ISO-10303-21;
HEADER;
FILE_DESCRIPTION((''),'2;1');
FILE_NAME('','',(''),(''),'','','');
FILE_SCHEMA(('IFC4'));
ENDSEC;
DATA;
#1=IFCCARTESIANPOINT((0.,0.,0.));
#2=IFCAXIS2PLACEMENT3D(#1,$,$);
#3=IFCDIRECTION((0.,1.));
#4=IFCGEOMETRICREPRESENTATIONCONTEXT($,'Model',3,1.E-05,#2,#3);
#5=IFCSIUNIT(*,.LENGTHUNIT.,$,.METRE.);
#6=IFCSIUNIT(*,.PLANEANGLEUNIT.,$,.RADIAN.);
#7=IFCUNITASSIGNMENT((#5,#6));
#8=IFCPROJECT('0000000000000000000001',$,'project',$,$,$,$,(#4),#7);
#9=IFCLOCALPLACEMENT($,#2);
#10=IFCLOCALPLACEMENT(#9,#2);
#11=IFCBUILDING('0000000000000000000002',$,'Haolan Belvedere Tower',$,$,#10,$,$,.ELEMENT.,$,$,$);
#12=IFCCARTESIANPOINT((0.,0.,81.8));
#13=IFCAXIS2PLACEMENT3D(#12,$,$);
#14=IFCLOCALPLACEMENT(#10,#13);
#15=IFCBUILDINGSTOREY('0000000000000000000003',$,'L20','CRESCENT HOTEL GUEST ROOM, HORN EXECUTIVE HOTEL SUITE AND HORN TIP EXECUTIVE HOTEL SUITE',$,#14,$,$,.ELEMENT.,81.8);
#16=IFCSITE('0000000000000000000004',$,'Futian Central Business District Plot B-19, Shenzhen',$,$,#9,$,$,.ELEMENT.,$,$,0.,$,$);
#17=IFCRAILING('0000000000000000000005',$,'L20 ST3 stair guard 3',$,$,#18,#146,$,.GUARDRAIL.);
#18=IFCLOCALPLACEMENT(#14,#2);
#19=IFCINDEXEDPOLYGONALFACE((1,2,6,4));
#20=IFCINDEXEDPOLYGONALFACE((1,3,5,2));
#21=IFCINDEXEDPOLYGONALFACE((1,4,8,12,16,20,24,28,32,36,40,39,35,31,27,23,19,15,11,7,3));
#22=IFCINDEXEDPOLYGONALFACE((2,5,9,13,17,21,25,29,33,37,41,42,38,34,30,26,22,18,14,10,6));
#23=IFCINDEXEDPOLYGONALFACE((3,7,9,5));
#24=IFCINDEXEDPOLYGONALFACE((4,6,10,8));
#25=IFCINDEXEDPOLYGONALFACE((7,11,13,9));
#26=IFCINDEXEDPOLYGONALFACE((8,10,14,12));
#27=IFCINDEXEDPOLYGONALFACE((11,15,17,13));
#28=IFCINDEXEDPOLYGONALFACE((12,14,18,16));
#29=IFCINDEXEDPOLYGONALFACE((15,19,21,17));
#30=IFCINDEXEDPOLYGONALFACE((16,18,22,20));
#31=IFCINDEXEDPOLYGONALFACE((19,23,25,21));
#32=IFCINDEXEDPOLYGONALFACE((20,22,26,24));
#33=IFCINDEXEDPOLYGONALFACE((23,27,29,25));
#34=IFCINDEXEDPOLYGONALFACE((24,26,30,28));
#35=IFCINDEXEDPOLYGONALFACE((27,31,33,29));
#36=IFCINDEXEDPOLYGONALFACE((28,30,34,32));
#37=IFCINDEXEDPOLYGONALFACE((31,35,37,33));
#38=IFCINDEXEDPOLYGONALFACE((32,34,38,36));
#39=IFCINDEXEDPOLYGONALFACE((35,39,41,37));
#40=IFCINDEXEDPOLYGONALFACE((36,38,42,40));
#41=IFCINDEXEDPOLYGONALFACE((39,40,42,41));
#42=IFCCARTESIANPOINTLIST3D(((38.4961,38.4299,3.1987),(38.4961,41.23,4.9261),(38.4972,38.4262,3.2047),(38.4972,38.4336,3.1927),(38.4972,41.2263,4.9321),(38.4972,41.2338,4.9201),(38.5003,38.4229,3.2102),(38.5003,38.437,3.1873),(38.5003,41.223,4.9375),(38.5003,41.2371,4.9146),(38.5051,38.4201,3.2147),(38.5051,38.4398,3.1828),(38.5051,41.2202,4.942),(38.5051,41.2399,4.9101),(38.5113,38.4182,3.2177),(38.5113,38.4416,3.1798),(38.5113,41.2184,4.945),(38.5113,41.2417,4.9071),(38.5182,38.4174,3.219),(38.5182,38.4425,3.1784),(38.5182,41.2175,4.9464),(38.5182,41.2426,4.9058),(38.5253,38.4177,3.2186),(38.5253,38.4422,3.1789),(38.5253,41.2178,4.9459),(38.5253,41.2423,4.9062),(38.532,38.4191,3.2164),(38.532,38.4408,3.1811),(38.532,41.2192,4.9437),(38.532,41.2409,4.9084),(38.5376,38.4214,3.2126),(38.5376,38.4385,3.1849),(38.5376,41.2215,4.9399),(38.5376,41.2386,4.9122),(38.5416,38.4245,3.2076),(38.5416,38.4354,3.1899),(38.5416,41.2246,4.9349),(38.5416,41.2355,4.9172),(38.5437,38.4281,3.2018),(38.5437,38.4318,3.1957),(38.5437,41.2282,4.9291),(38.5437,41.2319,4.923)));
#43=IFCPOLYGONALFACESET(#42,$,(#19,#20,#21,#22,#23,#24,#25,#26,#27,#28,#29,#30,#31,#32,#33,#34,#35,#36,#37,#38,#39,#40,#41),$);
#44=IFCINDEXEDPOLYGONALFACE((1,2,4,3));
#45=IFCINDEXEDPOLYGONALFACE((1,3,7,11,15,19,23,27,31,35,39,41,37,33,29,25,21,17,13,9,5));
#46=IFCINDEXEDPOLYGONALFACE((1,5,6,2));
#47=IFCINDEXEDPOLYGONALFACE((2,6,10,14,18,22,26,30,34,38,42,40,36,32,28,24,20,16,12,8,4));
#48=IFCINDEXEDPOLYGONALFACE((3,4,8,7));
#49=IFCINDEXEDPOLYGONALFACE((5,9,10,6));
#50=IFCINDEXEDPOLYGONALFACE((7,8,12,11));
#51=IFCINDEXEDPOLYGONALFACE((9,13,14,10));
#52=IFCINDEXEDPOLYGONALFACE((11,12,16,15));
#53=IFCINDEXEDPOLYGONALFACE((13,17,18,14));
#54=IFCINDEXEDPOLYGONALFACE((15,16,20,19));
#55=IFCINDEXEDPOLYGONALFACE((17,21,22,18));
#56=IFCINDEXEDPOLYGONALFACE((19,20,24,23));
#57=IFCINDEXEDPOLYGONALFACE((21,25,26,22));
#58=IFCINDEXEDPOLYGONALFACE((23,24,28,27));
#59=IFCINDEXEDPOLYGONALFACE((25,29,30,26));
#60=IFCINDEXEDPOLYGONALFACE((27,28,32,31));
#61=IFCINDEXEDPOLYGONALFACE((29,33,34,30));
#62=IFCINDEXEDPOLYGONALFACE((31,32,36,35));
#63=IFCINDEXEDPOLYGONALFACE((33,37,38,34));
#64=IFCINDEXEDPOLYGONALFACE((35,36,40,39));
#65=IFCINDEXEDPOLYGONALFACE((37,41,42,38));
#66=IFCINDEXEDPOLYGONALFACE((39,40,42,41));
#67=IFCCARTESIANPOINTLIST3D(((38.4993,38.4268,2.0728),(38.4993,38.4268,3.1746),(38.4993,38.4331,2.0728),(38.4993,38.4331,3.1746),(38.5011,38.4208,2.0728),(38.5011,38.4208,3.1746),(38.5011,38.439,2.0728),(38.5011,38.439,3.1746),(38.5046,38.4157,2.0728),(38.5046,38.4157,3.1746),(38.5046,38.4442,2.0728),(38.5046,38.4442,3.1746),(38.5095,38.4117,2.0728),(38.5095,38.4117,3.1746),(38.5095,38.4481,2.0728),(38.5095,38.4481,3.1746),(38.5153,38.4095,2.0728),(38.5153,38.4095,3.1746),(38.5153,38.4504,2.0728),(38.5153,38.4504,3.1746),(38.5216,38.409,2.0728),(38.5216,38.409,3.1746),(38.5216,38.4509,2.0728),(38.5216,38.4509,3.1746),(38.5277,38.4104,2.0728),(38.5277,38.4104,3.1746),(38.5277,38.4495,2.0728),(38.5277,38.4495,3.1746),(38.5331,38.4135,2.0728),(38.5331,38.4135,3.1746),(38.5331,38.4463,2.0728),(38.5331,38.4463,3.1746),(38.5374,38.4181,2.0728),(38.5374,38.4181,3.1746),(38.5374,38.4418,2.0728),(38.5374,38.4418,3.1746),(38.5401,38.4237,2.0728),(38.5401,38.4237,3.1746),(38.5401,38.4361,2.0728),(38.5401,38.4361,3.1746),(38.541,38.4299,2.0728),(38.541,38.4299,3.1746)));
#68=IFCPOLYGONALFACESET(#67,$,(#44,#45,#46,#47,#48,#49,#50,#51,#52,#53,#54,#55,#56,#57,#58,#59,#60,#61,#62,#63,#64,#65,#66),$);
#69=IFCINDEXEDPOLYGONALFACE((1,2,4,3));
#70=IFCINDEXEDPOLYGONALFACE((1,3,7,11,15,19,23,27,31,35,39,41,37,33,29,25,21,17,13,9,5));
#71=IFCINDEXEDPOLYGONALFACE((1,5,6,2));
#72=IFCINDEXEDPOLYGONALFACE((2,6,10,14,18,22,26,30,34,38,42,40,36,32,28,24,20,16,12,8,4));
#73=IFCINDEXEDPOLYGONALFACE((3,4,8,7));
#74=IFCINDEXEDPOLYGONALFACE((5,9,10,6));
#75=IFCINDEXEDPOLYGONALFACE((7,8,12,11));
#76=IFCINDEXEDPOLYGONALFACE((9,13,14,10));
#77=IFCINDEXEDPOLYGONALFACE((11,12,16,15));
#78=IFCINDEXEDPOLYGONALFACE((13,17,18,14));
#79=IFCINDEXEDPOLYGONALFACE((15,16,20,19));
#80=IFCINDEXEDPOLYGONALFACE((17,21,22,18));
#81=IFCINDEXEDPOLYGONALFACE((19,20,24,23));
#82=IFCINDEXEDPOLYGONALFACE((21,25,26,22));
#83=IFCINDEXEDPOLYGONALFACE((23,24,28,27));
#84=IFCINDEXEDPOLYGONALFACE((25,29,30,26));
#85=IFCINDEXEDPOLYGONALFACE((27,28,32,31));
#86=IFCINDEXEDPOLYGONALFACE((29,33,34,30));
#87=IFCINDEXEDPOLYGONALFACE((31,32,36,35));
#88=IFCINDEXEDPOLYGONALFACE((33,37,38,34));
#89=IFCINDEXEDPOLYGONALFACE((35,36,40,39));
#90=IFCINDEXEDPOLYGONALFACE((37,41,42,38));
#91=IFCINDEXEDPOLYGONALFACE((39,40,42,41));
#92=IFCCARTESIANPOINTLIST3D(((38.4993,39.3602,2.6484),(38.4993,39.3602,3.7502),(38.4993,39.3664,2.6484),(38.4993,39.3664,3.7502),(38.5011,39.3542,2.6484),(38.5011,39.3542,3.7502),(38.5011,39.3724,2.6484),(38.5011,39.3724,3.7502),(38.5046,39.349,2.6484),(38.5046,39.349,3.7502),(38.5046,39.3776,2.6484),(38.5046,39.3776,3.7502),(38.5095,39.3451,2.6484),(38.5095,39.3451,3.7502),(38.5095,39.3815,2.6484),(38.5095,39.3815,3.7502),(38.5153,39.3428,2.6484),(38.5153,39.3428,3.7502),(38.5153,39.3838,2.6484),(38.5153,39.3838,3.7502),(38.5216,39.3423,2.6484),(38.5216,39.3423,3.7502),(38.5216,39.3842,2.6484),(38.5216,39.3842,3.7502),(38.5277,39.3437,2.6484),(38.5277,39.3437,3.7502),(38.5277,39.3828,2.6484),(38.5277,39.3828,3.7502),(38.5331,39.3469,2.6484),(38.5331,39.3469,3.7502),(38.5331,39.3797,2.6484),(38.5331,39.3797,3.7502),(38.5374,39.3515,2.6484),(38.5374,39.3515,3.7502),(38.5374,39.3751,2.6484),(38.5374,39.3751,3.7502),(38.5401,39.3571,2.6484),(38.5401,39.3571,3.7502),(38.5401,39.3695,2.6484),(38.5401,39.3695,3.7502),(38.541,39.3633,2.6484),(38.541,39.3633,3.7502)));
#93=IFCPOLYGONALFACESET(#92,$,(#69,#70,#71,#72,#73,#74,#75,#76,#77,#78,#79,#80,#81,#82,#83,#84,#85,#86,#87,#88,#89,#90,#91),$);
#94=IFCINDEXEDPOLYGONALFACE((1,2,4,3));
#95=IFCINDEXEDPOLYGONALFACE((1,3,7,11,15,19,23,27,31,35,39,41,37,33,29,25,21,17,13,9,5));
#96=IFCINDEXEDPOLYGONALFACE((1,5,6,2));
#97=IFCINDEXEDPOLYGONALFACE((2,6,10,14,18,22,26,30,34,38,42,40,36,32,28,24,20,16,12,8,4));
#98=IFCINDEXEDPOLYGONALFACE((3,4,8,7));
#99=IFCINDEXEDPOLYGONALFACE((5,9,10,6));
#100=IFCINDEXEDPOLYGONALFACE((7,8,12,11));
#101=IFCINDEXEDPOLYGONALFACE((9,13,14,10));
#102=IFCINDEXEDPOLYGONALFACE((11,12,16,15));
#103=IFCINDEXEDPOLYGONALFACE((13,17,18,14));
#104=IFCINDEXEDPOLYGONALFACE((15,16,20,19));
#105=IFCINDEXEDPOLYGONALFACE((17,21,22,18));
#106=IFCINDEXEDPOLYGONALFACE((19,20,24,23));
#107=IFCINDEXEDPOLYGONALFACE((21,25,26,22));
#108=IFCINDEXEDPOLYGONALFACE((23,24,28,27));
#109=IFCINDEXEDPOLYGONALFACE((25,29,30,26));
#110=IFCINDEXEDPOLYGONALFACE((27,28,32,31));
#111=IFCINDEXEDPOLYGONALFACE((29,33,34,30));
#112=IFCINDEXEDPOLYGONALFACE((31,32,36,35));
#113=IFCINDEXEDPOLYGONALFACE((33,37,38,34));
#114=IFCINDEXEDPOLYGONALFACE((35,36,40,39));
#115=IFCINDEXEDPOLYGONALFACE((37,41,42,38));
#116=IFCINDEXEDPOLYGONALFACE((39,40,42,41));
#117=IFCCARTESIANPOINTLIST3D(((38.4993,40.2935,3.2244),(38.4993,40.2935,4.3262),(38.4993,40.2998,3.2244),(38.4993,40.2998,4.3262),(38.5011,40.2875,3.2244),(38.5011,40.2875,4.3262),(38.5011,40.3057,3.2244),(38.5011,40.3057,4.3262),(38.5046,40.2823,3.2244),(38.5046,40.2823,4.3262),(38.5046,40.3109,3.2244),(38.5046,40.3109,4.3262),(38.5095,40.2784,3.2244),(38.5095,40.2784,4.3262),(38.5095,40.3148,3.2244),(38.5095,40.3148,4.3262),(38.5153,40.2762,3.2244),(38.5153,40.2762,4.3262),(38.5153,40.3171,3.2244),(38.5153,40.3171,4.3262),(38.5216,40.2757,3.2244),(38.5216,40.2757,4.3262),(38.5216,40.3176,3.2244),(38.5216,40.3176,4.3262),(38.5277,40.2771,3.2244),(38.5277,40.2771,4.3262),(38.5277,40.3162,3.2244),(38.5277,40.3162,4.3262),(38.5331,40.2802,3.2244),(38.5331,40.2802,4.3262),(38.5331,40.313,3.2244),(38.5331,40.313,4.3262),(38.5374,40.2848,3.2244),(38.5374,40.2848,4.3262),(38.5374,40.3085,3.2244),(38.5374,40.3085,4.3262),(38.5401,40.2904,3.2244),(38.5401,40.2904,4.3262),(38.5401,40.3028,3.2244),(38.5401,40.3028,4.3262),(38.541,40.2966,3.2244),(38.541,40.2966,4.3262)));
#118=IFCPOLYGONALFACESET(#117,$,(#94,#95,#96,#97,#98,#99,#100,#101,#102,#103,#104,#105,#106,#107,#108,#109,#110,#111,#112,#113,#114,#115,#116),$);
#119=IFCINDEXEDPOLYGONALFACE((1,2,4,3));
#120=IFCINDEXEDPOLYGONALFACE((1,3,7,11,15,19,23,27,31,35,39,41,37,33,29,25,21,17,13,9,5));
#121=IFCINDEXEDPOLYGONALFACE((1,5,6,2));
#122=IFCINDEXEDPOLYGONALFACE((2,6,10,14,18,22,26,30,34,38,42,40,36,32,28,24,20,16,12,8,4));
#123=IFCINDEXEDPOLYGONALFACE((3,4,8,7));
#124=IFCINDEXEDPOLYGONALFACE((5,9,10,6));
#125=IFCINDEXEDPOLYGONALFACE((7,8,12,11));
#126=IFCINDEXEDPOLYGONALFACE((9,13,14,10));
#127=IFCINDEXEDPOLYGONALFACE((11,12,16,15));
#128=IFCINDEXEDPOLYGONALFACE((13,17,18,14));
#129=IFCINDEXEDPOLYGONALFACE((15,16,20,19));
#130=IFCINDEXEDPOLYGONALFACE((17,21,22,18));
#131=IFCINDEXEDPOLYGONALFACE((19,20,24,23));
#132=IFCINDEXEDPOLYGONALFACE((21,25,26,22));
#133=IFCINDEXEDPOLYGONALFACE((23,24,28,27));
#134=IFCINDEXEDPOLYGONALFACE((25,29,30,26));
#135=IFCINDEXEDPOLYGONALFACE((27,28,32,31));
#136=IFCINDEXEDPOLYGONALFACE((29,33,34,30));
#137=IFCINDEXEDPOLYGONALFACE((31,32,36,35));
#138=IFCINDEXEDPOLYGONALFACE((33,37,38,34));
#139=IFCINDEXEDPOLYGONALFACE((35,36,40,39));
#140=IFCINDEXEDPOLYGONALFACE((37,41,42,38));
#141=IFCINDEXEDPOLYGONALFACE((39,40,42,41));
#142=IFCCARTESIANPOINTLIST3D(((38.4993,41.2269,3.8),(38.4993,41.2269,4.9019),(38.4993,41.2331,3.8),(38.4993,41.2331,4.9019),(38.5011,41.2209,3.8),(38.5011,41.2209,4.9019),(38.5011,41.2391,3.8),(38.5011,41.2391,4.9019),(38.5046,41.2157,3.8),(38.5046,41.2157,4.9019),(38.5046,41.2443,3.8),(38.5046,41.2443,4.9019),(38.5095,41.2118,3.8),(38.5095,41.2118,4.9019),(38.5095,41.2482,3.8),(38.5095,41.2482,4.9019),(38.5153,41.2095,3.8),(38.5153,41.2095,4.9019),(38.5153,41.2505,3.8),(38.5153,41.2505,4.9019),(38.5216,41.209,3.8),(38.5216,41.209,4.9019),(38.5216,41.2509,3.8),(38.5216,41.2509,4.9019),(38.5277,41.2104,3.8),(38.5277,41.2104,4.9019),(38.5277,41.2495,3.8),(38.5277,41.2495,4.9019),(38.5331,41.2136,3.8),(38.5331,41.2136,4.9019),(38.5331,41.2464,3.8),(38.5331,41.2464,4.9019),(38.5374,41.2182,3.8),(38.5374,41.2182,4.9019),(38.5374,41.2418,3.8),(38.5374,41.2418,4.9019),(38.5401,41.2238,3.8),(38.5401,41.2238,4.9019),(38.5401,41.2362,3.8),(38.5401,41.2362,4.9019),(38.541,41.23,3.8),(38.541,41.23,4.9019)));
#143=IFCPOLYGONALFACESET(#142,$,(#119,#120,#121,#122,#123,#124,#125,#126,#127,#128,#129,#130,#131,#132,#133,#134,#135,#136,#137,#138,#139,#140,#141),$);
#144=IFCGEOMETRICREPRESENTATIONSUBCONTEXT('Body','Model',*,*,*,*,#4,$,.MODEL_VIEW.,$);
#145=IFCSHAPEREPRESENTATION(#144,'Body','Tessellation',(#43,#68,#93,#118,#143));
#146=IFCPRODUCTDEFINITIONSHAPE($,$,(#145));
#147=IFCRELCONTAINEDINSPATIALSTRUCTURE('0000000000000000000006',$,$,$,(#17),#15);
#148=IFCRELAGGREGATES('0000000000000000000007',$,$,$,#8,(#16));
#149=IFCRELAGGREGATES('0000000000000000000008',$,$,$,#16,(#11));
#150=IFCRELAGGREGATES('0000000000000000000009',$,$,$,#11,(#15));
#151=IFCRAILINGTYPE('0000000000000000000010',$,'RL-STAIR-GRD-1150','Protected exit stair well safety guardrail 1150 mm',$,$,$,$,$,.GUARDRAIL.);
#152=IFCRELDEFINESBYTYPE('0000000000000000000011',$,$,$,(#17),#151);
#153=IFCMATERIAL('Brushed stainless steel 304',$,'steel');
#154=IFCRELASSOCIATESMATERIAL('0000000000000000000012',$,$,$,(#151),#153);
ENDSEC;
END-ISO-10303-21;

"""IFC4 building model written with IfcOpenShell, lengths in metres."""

from ifc_helpers import new_model, si_unit, direction, frame, origin, origin_2d, place, context, subcontext, project, spatial, circle, extrude, material, type_object, element, save


model = new_model("IFC4")

# Units and contexts
model_context = context("Model", 3, precision=1e-05, world=origin(), true_north=direction((0.0, 1.0)))
body_context = subcontext(model_context, "Body", "Model", "MODEL_VIEW")
ifc_project = project(units=[si_unit("LENGTHUNIT", "METRE"), si_unit("PLANEANGLEUNIT", "RADIAN")], contexts=[model_context])

# Site, building, storey
site_placement = place(None, origin())
site = spatial("IfcSite", under=ifc_project, at=site_placement, Name="Futian Central Business District Plot B-19, Shenzhen", CompositionType="ELEMENT", RefElevation=0.0)
building_placement = place(site_placement, origin())
building = spatial("IfcBuilding", under=site, at=building_placement, Name="Haolan Belvedere Tower", CompositionType="ELEMENT")
storey_placement = place(building_placement, frame((0.0, 0.0, 81.8)))
storey = spatial("IfcBuildingStorey", under=building, at=storey_placement, Name="L20", Description="CRESCENT HOTEL GUEST ROOM, HORN EXECUTIVE HOTEL SUITE AND HORN TIP EXECUTIVE HOTEL SUITE", CompositionType="ELEMENT", Elevation=81.8)

# Railing
ifc_material_1 = material(Name="Brushed stainless steel 304", Category="steel")
railing_type_1 = type_object("IfcRailingType", Name="RL-STAIR-GRD-1150", Description="Protected exit stair well safety guardrail 1150 mm", PredefinedType="GUARDRAIL", material=ifc_material_1)
railing_1_placement = place(storey_placement, frame((38.52, 38.4299, 2.0728)))
element("IfcRailing", 1, at=railing_1_placement, inside=storey, type_object=railing_type_1, Name="L20 ST3 stair guard 3", PredefinedType="GUARDRAIL", context=body_context, shape_type="SweptSolid", body=[
    extrude(circle(Radius=0.0239, at=origin_2d()), frame((0.0, 0.0, 1.126), z_axis=(0.0, 0.85109, 0.52502), x_axis=(-1.0, 0.0, 0.0)), (0.0, 0.0, 1.0), 3.29),
    extrude(circle(Radius=0.021, at=origin_2d()), origin(), (0.0, 0.0, 1.0), 1.1018),
    extrude(circle(Radius=0.021, at=origin_2d()), frame((0.0, 0.9333, 0.5757)), (0.0, 0.0, 1.0), 1.1018),
    extrude(circle(Radius=0.021, at=origin_2d()), frame((0.0, 1.8667, 1.1516)), (0.0, 0.0, 1.0), 1.1018),
    extrude(circle(Radius=0.021, at=origin_2d()), frame((0.0, 2.8, 1.7273)), (0.0, 0.0, 1.0), 1.1018),
])

save(model, "model.ifc")
